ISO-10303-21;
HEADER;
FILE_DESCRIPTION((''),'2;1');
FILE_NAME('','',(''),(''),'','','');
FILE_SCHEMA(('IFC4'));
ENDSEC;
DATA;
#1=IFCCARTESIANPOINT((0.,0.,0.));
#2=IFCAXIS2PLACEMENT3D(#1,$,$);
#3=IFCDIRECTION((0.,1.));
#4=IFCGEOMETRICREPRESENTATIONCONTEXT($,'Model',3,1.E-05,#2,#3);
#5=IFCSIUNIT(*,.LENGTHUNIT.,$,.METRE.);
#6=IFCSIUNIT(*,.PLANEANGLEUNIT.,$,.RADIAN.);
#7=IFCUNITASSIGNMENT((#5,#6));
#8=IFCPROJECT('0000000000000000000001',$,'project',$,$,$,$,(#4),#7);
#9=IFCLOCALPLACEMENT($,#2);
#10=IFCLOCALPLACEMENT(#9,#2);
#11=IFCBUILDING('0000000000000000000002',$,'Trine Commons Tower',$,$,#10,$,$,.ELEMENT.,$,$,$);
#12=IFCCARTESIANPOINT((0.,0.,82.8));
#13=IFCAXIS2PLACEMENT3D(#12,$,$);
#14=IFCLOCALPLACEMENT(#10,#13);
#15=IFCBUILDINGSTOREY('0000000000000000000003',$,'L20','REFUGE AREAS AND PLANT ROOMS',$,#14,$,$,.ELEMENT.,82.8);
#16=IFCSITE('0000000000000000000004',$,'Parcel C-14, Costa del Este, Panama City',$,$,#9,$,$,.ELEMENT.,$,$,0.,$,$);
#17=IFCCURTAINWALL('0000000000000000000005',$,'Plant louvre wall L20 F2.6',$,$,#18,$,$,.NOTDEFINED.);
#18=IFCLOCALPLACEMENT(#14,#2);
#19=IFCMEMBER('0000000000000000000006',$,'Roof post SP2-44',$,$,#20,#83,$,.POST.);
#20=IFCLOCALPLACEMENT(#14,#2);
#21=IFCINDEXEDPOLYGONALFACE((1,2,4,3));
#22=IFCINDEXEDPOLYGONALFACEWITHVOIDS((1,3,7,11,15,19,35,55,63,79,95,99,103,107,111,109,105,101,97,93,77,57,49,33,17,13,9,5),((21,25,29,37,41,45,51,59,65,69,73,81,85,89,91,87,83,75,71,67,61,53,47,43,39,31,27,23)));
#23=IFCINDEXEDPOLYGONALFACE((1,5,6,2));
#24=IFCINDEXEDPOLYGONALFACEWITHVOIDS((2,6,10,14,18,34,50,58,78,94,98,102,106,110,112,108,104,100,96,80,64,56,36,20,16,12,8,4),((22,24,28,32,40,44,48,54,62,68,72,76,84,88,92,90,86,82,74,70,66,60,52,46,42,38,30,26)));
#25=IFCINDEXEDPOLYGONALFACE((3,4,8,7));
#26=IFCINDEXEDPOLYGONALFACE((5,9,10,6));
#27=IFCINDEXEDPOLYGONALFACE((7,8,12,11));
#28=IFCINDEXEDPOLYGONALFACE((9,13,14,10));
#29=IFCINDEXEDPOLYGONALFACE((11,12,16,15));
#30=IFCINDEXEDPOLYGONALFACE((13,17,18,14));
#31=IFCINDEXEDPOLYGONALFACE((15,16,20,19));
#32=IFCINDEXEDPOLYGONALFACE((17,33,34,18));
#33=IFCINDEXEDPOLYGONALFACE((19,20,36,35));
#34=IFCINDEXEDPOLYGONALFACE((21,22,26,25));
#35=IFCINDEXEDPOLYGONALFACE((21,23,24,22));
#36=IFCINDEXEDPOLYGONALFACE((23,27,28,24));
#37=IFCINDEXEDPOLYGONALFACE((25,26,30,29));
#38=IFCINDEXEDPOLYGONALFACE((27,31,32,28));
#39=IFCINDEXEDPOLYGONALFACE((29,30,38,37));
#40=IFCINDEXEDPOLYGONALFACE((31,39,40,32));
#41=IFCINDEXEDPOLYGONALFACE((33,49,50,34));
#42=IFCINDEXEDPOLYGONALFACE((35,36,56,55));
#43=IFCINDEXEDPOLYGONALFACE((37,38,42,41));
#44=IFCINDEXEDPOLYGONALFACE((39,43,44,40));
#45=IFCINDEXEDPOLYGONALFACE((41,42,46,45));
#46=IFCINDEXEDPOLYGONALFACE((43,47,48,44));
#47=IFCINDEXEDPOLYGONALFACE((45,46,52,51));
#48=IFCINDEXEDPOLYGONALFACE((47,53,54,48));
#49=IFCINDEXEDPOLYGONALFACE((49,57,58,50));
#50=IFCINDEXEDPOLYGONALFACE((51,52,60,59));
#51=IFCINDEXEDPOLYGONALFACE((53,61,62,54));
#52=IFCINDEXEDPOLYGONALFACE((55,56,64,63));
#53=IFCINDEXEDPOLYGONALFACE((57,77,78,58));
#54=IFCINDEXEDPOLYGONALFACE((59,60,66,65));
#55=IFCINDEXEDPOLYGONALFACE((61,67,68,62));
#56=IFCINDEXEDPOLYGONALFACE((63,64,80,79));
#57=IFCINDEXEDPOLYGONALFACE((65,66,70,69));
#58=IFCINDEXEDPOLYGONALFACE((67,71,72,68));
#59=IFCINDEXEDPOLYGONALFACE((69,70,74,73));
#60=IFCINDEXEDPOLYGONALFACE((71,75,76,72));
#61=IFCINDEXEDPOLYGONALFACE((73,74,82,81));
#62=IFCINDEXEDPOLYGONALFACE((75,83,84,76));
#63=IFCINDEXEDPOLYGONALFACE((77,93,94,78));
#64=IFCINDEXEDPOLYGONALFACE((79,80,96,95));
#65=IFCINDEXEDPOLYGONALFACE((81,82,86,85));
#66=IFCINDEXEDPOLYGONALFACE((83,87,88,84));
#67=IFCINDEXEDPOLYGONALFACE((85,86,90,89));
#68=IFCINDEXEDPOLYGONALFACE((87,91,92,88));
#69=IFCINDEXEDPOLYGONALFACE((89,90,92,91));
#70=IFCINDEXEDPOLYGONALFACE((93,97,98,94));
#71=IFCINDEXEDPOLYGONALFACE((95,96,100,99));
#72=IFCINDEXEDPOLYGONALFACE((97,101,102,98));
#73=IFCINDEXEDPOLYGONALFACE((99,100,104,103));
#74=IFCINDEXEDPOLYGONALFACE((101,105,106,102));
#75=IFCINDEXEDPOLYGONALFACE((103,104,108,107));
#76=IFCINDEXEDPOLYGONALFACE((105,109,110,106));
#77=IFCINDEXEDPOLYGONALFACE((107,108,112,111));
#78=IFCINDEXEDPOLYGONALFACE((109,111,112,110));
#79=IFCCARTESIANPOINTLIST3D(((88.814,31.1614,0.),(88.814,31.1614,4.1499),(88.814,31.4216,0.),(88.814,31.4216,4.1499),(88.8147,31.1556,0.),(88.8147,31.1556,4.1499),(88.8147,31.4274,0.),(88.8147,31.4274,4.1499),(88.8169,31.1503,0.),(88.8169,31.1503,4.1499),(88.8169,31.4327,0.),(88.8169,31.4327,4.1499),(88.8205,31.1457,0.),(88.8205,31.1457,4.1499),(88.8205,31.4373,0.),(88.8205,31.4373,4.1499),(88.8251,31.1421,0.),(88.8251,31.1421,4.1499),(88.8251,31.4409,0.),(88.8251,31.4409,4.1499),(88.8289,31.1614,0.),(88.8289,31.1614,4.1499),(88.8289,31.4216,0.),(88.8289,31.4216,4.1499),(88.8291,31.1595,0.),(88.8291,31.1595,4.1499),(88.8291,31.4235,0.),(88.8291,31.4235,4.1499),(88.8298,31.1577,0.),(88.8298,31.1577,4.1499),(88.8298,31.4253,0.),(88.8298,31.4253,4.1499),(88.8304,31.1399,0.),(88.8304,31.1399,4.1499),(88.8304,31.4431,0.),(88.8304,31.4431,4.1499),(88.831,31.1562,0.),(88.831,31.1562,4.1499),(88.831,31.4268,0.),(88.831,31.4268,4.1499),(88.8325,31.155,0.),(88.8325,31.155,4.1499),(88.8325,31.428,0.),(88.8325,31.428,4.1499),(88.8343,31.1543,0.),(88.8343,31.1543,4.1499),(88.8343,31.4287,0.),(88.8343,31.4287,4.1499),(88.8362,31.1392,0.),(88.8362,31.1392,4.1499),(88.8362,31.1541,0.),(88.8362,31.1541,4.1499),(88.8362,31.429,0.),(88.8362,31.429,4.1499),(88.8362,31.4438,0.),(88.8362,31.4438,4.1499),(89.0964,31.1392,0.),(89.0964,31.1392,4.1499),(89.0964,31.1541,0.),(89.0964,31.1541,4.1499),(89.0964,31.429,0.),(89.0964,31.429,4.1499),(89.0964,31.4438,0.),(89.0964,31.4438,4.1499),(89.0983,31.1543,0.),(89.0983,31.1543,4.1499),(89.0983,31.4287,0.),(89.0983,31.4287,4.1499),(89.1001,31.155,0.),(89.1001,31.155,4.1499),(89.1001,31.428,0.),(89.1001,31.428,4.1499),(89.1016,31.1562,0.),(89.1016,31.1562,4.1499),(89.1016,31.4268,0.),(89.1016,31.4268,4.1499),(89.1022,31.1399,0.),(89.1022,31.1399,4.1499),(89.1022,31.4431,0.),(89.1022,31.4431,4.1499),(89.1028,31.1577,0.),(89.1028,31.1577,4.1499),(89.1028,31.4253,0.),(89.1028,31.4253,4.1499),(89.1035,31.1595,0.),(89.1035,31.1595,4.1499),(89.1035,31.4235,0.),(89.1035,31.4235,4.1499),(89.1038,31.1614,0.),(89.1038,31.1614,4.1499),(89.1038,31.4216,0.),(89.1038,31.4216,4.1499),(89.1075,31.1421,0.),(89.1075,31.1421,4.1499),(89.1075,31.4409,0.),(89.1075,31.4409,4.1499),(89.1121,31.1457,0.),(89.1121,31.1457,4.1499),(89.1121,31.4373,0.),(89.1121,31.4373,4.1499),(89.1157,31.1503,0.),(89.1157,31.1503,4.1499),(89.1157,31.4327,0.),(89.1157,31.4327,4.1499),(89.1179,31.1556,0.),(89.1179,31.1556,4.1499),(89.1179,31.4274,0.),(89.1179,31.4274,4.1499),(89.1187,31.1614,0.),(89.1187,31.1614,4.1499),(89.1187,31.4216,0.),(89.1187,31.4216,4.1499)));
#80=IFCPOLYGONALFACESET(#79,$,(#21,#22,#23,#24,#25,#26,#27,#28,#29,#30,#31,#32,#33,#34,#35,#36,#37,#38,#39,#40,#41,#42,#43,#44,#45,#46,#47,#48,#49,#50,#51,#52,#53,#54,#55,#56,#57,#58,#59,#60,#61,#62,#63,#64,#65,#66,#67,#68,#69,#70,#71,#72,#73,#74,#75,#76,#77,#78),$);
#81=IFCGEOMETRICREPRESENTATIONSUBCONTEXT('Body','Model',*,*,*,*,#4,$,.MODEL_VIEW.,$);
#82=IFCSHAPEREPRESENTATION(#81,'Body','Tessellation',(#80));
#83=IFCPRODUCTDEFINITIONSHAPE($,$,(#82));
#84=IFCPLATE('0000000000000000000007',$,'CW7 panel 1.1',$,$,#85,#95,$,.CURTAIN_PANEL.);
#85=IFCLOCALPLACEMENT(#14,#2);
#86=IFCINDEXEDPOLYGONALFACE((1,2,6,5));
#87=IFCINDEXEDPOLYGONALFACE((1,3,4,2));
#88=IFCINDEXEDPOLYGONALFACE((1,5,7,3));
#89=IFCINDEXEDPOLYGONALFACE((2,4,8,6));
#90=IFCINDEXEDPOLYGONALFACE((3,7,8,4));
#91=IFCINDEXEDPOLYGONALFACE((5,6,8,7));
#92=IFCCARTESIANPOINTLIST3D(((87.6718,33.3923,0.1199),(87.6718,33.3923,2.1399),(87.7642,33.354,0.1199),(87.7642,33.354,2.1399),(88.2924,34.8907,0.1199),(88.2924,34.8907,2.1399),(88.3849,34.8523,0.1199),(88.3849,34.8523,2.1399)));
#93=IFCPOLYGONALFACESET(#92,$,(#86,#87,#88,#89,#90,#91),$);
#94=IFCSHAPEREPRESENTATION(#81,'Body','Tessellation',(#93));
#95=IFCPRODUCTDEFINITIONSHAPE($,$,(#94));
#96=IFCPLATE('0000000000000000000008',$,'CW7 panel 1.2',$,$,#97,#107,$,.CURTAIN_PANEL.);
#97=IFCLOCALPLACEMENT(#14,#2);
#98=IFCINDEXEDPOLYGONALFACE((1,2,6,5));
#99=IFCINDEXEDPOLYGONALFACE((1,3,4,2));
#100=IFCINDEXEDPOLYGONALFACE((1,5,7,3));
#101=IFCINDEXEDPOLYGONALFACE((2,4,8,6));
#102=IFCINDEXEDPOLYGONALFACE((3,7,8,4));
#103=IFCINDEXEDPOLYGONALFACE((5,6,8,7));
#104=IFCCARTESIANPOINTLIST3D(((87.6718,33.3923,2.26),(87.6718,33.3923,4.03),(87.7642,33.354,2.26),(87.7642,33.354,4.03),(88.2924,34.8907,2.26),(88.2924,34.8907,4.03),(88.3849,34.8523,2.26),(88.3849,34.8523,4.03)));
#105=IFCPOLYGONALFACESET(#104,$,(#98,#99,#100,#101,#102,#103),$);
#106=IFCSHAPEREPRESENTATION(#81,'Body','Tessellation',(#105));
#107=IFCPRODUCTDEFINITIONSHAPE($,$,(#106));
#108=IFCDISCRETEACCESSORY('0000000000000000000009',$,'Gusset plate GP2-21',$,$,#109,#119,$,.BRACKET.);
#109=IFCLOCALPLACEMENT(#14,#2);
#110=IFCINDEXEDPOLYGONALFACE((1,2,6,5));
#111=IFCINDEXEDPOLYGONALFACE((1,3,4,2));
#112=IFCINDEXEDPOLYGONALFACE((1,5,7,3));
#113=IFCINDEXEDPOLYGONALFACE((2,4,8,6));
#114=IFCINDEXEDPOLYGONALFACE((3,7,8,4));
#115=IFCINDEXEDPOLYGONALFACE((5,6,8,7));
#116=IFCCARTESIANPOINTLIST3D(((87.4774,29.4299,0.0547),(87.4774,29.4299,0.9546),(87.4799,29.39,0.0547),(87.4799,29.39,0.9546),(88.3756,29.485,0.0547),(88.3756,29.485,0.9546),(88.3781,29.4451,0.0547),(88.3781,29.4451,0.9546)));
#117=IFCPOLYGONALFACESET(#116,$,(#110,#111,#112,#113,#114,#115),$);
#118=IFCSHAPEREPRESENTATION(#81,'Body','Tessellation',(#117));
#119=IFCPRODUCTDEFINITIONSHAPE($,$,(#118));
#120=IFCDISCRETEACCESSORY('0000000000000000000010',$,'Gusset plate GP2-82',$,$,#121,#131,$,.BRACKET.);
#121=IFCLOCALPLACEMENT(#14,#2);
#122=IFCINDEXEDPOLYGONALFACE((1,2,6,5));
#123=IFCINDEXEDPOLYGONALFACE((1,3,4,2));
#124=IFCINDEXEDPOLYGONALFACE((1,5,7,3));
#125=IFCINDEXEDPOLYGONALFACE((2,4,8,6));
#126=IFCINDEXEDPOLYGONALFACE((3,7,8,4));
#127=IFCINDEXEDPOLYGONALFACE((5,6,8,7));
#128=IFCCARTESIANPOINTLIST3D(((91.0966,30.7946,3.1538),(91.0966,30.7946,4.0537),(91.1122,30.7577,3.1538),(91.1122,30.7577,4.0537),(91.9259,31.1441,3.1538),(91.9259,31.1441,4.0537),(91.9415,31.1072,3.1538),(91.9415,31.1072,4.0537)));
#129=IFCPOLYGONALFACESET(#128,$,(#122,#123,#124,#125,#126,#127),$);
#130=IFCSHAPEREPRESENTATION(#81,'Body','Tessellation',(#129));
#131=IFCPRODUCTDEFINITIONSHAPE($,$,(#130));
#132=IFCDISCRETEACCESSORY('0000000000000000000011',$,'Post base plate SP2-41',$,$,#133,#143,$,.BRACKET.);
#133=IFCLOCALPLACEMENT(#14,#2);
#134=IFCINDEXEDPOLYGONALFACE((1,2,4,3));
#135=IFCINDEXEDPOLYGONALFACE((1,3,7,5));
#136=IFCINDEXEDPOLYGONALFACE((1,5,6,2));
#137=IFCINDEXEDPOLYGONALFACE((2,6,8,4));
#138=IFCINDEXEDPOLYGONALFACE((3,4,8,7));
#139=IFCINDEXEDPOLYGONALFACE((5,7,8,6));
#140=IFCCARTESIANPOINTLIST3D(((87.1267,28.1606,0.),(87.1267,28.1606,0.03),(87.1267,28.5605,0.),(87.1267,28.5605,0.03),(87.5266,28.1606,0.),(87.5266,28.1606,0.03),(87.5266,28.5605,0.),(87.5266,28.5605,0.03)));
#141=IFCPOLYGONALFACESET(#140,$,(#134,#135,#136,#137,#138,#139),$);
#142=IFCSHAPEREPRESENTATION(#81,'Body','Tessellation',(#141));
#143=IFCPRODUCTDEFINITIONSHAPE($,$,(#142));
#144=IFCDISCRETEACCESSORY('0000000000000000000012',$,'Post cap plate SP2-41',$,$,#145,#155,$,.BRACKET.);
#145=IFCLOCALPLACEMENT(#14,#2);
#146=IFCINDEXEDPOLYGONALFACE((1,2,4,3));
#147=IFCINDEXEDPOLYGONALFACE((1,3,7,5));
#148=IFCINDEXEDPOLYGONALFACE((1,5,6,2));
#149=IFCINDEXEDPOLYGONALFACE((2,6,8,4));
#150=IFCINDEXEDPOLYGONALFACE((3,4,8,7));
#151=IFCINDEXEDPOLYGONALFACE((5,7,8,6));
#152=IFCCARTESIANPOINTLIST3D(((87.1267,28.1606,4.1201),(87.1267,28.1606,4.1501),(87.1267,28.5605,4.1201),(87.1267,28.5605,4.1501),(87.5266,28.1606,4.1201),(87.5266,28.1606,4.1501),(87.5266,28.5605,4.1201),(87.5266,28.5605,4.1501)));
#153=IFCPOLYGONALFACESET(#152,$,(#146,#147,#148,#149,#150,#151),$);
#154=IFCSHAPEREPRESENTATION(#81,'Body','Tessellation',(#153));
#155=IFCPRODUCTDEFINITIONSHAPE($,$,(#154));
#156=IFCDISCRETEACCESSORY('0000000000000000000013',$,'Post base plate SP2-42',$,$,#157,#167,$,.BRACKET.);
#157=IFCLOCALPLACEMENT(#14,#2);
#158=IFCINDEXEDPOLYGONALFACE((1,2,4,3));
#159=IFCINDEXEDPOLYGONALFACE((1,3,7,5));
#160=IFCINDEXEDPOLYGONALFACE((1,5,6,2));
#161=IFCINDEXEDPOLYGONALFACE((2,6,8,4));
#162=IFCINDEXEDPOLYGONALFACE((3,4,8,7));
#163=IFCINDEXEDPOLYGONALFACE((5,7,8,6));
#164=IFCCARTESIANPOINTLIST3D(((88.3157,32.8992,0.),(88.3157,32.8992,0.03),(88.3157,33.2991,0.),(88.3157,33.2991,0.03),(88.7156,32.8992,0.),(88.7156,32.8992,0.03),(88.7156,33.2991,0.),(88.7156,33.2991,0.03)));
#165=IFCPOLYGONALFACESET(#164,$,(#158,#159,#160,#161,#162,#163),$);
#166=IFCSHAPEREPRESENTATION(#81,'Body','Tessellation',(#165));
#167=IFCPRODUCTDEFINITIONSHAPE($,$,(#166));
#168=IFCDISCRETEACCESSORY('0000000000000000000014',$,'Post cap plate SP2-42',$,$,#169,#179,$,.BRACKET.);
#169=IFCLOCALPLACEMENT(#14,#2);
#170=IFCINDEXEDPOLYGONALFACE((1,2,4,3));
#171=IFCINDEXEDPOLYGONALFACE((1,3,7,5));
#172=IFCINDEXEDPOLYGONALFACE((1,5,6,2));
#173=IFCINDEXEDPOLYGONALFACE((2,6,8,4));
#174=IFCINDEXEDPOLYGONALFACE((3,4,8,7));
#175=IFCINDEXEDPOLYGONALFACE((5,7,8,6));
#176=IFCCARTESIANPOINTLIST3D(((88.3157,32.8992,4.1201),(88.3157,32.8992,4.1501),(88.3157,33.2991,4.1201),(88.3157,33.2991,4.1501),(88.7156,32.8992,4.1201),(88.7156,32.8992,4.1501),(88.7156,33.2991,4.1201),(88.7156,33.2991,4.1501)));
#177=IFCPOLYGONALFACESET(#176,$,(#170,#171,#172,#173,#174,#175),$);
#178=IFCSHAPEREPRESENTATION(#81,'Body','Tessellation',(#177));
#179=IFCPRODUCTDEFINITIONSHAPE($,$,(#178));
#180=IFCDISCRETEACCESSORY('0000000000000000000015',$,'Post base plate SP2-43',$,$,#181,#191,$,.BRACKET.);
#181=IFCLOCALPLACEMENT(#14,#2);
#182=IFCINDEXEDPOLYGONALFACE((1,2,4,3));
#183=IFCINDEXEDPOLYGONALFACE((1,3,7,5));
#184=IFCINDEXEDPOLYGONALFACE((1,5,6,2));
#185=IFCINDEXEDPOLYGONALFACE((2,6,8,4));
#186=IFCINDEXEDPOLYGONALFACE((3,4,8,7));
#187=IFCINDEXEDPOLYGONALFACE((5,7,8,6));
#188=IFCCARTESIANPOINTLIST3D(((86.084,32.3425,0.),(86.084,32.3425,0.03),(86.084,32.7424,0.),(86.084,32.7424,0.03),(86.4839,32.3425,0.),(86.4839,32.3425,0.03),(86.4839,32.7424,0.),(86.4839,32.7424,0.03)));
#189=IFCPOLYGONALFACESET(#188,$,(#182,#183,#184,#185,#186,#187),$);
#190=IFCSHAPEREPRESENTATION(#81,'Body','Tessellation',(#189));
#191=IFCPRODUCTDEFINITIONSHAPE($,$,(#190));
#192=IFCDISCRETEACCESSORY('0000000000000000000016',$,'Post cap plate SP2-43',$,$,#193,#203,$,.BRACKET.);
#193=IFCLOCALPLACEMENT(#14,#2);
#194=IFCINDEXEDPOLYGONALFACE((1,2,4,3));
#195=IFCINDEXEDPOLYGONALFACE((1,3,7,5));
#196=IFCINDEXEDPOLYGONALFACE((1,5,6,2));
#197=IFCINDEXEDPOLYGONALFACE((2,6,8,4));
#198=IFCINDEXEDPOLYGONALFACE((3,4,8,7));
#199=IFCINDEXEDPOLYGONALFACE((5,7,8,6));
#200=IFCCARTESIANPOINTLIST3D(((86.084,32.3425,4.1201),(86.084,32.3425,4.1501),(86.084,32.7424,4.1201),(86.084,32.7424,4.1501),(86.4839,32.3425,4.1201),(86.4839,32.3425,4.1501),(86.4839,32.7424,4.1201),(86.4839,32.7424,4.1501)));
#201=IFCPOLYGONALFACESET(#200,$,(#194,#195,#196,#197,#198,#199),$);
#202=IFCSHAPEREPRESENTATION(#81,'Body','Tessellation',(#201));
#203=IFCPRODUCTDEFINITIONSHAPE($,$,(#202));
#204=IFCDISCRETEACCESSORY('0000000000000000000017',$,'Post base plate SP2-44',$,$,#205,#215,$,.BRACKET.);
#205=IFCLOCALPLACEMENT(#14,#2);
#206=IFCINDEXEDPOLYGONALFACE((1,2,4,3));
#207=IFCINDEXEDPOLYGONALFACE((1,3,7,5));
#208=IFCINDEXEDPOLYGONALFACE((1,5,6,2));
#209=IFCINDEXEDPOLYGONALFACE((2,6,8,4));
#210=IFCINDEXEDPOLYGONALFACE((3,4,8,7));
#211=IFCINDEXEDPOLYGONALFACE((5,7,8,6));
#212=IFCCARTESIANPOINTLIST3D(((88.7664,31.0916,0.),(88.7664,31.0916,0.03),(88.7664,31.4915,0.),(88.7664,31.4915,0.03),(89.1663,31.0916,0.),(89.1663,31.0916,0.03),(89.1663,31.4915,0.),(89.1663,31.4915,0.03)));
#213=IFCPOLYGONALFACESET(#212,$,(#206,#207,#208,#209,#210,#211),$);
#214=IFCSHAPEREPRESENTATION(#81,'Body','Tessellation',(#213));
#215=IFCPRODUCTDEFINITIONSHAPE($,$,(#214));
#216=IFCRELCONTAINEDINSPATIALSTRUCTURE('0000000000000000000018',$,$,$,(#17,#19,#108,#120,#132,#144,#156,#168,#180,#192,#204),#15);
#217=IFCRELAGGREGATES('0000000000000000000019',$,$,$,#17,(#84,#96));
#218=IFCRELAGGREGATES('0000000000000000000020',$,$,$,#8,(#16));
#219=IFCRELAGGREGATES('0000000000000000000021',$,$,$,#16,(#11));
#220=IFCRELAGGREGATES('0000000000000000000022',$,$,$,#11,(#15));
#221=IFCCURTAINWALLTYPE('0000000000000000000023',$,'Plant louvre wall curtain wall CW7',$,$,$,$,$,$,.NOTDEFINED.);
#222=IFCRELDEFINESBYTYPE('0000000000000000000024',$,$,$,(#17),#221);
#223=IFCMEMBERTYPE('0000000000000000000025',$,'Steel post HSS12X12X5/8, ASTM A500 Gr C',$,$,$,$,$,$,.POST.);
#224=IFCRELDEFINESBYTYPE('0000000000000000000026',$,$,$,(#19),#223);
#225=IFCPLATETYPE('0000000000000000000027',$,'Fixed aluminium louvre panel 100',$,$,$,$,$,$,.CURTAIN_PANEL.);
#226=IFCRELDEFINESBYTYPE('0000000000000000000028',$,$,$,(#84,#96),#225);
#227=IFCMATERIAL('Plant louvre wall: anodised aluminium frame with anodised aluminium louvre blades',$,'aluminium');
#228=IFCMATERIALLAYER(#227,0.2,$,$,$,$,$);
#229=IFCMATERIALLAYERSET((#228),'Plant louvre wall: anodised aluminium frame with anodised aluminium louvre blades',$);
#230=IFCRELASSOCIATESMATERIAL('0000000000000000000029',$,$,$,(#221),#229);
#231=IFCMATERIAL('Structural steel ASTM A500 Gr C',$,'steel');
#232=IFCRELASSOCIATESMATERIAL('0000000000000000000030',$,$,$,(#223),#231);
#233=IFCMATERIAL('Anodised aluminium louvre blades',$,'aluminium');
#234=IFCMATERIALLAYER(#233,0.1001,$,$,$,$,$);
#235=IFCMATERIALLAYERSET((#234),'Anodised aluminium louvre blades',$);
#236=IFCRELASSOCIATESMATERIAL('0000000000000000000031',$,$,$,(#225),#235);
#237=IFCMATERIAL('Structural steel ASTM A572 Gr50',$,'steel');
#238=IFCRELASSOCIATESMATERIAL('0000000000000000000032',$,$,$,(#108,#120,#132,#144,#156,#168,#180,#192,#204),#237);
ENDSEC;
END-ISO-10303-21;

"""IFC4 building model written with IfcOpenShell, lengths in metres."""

from ifc_helpers import new_model, si_unit, direction, frame, origin, origin_2d, place, context, subcontext, project, spatial, rectangle, hollow_rectangle, extrude, material, layer, layer_set, material_profile, profile_set, type_object, element, aggregate, save


model = new_model("IFC4")

# Units and contexts
model_context = context("Model", 3, precision=1e-05, world=origin(), true_north=direction((0.0, 1.0)))
body_context = subcontext(model_context, "Body", "Model", "MODEL_VIEW")
ifc_project = project(units=[si_unit("LENGTHUNIT", "METRE"), si_unit("PLANEANGLEUNIT", "RADIAN")], contexts=[model_context])

# Site, building, storey
site_placement = place(None, origin())
site = spatial("IfcSite", under=ifc_project, at=site_placement, Name="Parcel C-14, Costa del Este, Panama City", CompositionType="ELEMENT", RefElevation=0.0)
building_placement = place(site_placement, origin())
building = spatial("IfcBuilding", under=site, at=building_placement, Name="Trine Commons Tower", CompositionType="ELEMENT")
storey_placement = place(building_placement, frame((0.0, 0.0, 82.8)))
storey = spatial("IfcBuildingStorey", under=building, at=storey_placement, Name="L20", Description="REFUGE AREAS AND PLANT ROOMS", CompositionType="ELEMENT", Elevation=82.8)

# Curtain wall
ifc_material_1 = material(Name="Plant louvre wall: anodised aluminium frame with anodised aluminium louvre blades", Category="aluminium")
ifc_layer_1 = layer(ifc_material_1, 0.2)
ifc_layer_set_1 = layer_set([ifc_layer_1], Name="Plant louvre wall: anodised aluminium frame with anodised aluminium louvre blades")
curtain_wall_type = type_object("IfcCurtainWallType", Name="Plant louvre wall curtain wall CW7", PredefinedType="NOTDEFINED", material=ifc_layer_set_1)
curtain_wall_placement = place(storey_placement, origin())
curtain_wall = element("IfcCurtainWall", 1, at=curtain_wall_placement, inside=storey, type_object=curtain_wall_type, Name="Plant louvre wall L20 F2.6", PredefinedType="NOTDEFINED")

# Member
ifc_material_2 = material(Name="Structural steel ASTM A500 Gr C", Category="steel")
ifc_material_profile_1 = material_profile(ifc_material_2, hollow_rectangle(XDim=0.3047, YDim=0.3047, WallThickness=0.0149, InnerFilletRadius=0.0073, OuterFilletRadius=0.0222, at=origin_2d()), Name="HSS12X12X5/8")
ifc_profile_set_1 = profile_set([ifc_material_profile_1], Name="Structural steel ASTM A500 Gr C")
member_type_1 = type_object("IfcMemberType", Name="Steel post HSS12X12X5/8, ASTM A500 Gr C", PredefinedType="POST", material=ifc_profile_set_1)
for number, where, z_axis, x_axis, name in (
    (2, (88.9663, 31.2915, 0.0), (0.0, 0.0, 1.0), (1.0, 0.0, 0.0), "Roof post SP2-44"),
):
    element("IfcMember", number, at=place(storey_placement, frame(where, z_axis=z_axis, x_axis=x_axis)), inside=storey, type_object=member_type_1, Name=name, PredefinedType="POST", context=body_context, shape_type="SweptSolid", body=[
        extrude(hollow_rectangle(XDim=0.3047, YDim=0.3047, WallThickness=0.0149, InnerFilletRadius=0.0073, OuterFilletRadius=0.0222, at=origin_2d()), origin(), (0.0, 0.0, 1.0), 4.1499),
    ])

# Plates
ifc_material_3 = material(Name="Anodised aluminium louvre blades", Category="aluminium")
ifc_layer_2 = layer(ifc_material_3, 0.1001)
ifc_layer_set_2 = layer_set([ifc_layer_2], Name="Anodised aluminium louvre blades")
plate_type = type_object("IfcPlateType", Name="Fixed aluminium louvre panel 100", PredefinedType="CURTAIN_PANEL", material=ifc_layer_set_2)
plate_1_placement = place(storey_placement, frame((88.0283, 34.1223, 0.1199), z_axis=(0.0, 0.0, 1.0), x_axis=(-0.382683, -0.92388, 0.0)))
plate_1 = element("IfcPlate", 3, at=plate_1_placement, type_object=plate_type, Name="CW7 panel 1.1", PredefinedType="CURTAIN_PANEL", context=body_context, shape_type="SweptSolid", body=[
    extrude(rectangle(XDim=1.6218, YDim=0.1001, at=origin_2d()), origin(), (0.0, 0.0, 1.0), 2.02),
])
plate_2_placement = place(storey_placement, frame((88.0283, 34.1223, 2.26), z_axis=(0.0, 0.0, 1.0), x_axis=(-0.382683, -0.92388, 0.0)))
plate_2 = element("IfcPlate", 4, at=plate_2_placement, type_object=plate_type, Name="CW7 panel 1.2", PredefinedType="CURTAIN_PANEL", context=body_context, shape_type="SweptSolid", body=[
    extrude(rectangle(XDim=1.6218, YDim=0.1001, at=origin_2d()), origin(), (0.0, 0.0, 1.0), 1.77),
])
aggregate(curtain_wall, [plate_1, plate_2])

# Discrete accessories
ifc_material_4 = material(Name="Structural steel ASTM A572 Gr50", Category="steel")
for number, where, z_axis, x_axis, name in (
    (5, (87.9277, 29.4375, 0.0547), (0.0, 0.0, 1.0), (-0.998124, -0.061223, 0.0), "Gusset plate GP2-21"),
    (6, (91.519, 30.9509, 3.1538), (0.0, 0.0, 1.0), (0.921518, 0.388336, 0.0), "Gusset plate GP2-82"),
):
    element("IfcDiscreteAccessory", number, at=place(storey_placement, frame(where, z_axis=z_axis, x_axis=x_axis)), inside=storey, material=ifc_material_4, Name=name, PredefinedType="BRACKET", context=body_context, shape_type="SweptSolid", body=[
        extrude(rectangle(XDim=0.8999, YDim=0.04, at=origin_2d()), origin(), (0.0, 0.0, 1.0), 0.8999),
    ])
for number, where, z_axis, x_axis, name in (
    (7, (87.3267, 28.3606, 0.0), (0.0, 0.0, 1.0), (1.0, 0.0, 0.0), "Post base plate SP2-41"),
    (8, (87.3267, 28.3606, 4.1201), (0.0, 0.0, 1.0), (1.0, 0.0, 0.0), "Post cap plate SP2-41"),
    (9, (88.5156, 33.0991, 0.0), (0.0, 0.0, 1.0), (1.0, 0.0, 0.0), "Post base plate SP2-42"),
    (10, (88.5156, 33.0991, 4.1201), (0.0, 0.0, 1.0), (1.0, 0.0, 0.0), "Post cap plate SP2-42"),
    (11, (86.2839, 32.5425, 0.0), (0.0, 0.0, 1.0), (1.0, 0.0, 0.0), "Post base plate SP2-43"),
    (12, (86.2839, 32.5425, 4.1201), (0.0, 0.0, 1.0), (1.0, 0.0, 0.0), "Post cap plate SP2-43"),
    (13, (88.9663, 31.2915, 0.0), (0.0, 0.0, 1.0), (1.0, 0.0, 0.0), "Post base plate SP2-44"),
):
    element("IfcDiscreteAccessory", number, at=place(storey_placement, frame(where, z_axis=z_axis, x_axis=x_axis)), inside=storey, material=ifc_material_4, Name=name, PredefinedType="BRACKET", context=body_context, shape_type="SweptSolid", body=[
        extrude(rectangle(XDim=0.3999, YDim=0.3999, at=origin_2d()), origin(), (0.0, 0.0, 1.0), 0.03),
    ])

save(model, "model.ifc")
